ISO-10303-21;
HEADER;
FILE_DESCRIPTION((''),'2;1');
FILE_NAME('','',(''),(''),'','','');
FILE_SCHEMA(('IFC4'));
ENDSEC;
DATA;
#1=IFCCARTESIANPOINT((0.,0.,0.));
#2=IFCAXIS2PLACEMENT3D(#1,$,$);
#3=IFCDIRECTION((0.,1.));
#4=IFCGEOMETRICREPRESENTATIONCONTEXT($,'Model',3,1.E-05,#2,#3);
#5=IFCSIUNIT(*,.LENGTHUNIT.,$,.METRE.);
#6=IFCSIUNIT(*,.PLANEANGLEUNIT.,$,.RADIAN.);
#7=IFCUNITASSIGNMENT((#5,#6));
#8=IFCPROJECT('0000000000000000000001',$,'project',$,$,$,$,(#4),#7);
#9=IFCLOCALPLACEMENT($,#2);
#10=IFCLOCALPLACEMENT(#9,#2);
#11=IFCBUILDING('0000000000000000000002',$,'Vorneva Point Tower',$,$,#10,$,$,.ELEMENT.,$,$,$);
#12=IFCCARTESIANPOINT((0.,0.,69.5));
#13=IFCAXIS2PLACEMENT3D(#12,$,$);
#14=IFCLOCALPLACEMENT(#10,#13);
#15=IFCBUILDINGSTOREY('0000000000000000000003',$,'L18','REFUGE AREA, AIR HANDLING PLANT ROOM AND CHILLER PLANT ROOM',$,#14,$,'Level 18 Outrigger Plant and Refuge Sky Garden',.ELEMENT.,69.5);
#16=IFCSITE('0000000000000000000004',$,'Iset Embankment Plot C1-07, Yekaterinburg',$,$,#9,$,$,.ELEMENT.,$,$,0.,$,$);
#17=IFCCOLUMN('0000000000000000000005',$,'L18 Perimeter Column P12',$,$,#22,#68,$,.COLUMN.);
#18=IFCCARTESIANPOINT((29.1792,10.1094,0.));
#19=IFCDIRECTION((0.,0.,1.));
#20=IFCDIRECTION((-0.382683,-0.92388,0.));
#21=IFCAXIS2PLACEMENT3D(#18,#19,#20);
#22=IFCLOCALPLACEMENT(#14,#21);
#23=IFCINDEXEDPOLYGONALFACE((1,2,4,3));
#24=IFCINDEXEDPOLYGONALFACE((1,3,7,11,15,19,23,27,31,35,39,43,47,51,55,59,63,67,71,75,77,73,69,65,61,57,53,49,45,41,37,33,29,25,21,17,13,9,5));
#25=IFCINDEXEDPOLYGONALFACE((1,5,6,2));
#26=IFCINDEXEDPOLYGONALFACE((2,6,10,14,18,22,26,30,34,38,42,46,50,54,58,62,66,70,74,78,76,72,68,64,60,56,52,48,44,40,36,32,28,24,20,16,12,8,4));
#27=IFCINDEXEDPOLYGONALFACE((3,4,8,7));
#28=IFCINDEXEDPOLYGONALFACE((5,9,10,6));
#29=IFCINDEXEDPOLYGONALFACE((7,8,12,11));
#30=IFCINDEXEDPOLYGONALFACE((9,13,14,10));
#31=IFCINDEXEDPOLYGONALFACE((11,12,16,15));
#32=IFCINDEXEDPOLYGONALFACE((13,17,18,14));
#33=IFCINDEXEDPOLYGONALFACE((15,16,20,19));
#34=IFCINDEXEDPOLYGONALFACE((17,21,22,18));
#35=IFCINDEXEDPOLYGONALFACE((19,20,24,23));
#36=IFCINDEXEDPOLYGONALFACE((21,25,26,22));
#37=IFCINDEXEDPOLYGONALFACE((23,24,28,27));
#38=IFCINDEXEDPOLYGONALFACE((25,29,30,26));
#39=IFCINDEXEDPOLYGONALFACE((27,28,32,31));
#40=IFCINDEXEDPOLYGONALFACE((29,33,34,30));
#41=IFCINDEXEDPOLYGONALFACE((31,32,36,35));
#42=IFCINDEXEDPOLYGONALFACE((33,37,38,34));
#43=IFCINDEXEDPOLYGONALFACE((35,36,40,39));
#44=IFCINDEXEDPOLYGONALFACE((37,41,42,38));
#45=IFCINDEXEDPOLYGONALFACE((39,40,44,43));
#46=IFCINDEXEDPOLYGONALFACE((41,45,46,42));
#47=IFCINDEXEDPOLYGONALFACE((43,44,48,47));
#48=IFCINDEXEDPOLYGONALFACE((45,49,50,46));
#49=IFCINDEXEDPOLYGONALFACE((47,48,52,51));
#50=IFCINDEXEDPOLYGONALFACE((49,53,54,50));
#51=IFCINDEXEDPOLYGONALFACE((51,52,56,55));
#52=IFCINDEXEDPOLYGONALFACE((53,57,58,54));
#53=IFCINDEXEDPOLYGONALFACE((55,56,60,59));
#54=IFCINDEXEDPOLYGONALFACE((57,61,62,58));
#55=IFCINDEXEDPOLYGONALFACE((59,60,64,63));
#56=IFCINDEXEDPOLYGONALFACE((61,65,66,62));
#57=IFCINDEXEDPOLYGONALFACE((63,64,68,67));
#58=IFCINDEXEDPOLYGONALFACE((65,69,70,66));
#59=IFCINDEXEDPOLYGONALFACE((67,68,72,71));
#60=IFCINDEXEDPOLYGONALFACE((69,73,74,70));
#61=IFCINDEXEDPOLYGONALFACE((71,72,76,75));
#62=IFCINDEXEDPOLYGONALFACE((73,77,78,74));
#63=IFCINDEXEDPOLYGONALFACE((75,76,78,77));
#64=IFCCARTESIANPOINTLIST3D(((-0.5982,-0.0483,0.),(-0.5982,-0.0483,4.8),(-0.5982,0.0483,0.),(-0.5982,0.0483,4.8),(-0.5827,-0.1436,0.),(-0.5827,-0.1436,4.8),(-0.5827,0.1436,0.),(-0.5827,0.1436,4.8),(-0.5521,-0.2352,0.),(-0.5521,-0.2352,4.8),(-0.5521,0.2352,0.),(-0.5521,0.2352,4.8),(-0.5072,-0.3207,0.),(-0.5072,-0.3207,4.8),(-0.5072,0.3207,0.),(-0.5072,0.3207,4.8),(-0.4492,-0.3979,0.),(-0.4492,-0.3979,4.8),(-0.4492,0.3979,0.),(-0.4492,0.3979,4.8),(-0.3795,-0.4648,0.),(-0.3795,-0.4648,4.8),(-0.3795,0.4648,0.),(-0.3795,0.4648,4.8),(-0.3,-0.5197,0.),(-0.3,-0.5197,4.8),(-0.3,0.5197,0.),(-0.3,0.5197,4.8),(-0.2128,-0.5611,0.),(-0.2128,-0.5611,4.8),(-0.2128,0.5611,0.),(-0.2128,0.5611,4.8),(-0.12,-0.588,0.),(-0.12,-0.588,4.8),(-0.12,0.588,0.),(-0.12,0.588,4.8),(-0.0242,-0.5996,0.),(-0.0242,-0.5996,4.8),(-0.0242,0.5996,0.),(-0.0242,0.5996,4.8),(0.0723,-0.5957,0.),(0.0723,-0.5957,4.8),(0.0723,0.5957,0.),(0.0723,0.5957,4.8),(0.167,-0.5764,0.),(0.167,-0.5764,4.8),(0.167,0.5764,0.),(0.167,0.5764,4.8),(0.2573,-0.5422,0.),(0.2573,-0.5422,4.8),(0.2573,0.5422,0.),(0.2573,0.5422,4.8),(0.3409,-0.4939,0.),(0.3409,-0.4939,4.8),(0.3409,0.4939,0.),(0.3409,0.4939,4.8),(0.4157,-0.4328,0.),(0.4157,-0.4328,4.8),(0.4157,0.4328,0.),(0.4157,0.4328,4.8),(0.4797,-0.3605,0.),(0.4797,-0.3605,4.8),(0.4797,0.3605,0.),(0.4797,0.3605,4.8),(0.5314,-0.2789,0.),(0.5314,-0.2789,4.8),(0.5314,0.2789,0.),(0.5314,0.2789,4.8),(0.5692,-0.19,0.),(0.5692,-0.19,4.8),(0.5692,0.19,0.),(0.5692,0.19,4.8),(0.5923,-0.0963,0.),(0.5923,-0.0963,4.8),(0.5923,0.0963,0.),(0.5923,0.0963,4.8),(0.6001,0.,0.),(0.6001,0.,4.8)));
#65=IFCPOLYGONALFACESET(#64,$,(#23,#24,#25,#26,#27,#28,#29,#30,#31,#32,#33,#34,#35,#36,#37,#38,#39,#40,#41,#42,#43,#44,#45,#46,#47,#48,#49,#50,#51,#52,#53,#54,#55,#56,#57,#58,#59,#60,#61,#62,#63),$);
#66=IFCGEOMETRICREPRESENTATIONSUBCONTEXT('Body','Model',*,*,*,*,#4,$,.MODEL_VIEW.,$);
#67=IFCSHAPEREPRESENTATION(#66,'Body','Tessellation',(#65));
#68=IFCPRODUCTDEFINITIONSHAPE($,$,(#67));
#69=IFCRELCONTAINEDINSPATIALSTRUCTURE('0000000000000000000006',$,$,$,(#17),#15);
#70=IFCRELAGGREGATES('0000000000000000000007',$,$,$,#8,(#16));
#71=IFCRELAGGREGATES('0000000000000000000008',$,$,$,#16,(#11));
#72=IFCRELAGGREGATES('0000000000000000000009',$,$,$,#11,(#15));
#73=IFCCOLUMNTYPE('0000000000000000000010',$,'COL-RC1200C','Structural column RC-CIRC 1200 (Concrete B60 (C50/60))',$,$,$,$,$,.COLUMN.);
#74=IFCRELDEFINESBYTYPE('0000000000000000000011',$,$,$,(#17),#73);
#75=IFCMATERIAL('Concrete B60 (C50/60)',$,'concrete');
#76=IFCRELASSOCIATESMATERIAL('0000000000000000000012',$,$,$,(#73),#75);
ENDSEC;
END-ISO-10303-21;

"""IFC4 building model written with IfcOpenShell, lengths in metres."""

from ifc_helpers import new_model, si_unit, direction, frame, origin, origin_2d, place, context, subcontext, project, spatial, circle, extrude, material, material_profile, profile_set, type_object, element, save


model = new_model("IFC4")

# Units and contexts
model_context = context("Model", 3, precision=1e-05, world=origin(), true_north=direction((0.0, 1.0)))
body_context = subcontext(model_context, "Body", "Model", "MODEL_VIEW")
ifc_project = project(units=[si_unit("LENGTHUNIT", "METRE"), si_unit("PLANEANGLEUNIT", "RADIAN")], contexts=[model_context])

# Site, building, storey
site_placement = place(None, origin())
site = spatial("IfcSite", under=ifc_project, at=site_placement, Name="Iset Embankment Plot C1-07, Yekaterinburg", CompositionType="ELEMENT", RefElevation=0.0)
building_placement = place(site_placement, origin())
building = spatial("IfcBuilding", under=site, at=building_placement, Name="Vorneva Point Tower", CompositionType="ELEMENT")
storey_placement = place(building_placement, frame((0.0, 0.0, 69.5)))
storey = spatial("IfcBuildingStorey", under=building, at=storey_placement, Name="L18", Description="REFUGE AREA, AIR HANDLING PLANT ROOM AND CHILLER PLANT ROOM", LongName="Level 18 Outrigger Plant and Refuge Sky Garden", CompositionType="ELEMENT", Elevation=69.5)

# Column
ifc_material_1 = material(Name="Concrete B60 (C50/60)", Category="concrete")
ifc_material_profile_1 = material_profile(ifc_material_1, circle(Radius=0.6001, at=origin_2d()), Name="RC-CIRC 1200")
ifc_profile_set_1 = profile_set([ifc_material_profile_1], Name="Concrete B60 (C50/60)")
column_type_1 = type_object("IfcColumnType", Name="COL-RC1200C", Description="Structural column RC-CIRC 1200 (Concrete B60 (C50/60))", PredefinedType="COLUMN", material=ifc_profile_set_1)
column_1_placement = place(storey_placement, frame((29.1792, 10.1094, 0.0), z_axis=(0.0, 0.0, 1.0), x_axis=(-0.382683, -0.92388, 0.0)))
element("IfcColumn", 1, at=column_1_placement, inside=storey, type_object=column_type_1, Name="L18 Perimeter Column P12", PredefinedType="COLUMN", context=body_context, shape_type="SweptSolid", body=[
    extrude(circle(Radius=0.6001, at=origin_2d()), origin(), (0.0, 0.0, 1.0), 4.8),
])

save(model, "model.ifc")
